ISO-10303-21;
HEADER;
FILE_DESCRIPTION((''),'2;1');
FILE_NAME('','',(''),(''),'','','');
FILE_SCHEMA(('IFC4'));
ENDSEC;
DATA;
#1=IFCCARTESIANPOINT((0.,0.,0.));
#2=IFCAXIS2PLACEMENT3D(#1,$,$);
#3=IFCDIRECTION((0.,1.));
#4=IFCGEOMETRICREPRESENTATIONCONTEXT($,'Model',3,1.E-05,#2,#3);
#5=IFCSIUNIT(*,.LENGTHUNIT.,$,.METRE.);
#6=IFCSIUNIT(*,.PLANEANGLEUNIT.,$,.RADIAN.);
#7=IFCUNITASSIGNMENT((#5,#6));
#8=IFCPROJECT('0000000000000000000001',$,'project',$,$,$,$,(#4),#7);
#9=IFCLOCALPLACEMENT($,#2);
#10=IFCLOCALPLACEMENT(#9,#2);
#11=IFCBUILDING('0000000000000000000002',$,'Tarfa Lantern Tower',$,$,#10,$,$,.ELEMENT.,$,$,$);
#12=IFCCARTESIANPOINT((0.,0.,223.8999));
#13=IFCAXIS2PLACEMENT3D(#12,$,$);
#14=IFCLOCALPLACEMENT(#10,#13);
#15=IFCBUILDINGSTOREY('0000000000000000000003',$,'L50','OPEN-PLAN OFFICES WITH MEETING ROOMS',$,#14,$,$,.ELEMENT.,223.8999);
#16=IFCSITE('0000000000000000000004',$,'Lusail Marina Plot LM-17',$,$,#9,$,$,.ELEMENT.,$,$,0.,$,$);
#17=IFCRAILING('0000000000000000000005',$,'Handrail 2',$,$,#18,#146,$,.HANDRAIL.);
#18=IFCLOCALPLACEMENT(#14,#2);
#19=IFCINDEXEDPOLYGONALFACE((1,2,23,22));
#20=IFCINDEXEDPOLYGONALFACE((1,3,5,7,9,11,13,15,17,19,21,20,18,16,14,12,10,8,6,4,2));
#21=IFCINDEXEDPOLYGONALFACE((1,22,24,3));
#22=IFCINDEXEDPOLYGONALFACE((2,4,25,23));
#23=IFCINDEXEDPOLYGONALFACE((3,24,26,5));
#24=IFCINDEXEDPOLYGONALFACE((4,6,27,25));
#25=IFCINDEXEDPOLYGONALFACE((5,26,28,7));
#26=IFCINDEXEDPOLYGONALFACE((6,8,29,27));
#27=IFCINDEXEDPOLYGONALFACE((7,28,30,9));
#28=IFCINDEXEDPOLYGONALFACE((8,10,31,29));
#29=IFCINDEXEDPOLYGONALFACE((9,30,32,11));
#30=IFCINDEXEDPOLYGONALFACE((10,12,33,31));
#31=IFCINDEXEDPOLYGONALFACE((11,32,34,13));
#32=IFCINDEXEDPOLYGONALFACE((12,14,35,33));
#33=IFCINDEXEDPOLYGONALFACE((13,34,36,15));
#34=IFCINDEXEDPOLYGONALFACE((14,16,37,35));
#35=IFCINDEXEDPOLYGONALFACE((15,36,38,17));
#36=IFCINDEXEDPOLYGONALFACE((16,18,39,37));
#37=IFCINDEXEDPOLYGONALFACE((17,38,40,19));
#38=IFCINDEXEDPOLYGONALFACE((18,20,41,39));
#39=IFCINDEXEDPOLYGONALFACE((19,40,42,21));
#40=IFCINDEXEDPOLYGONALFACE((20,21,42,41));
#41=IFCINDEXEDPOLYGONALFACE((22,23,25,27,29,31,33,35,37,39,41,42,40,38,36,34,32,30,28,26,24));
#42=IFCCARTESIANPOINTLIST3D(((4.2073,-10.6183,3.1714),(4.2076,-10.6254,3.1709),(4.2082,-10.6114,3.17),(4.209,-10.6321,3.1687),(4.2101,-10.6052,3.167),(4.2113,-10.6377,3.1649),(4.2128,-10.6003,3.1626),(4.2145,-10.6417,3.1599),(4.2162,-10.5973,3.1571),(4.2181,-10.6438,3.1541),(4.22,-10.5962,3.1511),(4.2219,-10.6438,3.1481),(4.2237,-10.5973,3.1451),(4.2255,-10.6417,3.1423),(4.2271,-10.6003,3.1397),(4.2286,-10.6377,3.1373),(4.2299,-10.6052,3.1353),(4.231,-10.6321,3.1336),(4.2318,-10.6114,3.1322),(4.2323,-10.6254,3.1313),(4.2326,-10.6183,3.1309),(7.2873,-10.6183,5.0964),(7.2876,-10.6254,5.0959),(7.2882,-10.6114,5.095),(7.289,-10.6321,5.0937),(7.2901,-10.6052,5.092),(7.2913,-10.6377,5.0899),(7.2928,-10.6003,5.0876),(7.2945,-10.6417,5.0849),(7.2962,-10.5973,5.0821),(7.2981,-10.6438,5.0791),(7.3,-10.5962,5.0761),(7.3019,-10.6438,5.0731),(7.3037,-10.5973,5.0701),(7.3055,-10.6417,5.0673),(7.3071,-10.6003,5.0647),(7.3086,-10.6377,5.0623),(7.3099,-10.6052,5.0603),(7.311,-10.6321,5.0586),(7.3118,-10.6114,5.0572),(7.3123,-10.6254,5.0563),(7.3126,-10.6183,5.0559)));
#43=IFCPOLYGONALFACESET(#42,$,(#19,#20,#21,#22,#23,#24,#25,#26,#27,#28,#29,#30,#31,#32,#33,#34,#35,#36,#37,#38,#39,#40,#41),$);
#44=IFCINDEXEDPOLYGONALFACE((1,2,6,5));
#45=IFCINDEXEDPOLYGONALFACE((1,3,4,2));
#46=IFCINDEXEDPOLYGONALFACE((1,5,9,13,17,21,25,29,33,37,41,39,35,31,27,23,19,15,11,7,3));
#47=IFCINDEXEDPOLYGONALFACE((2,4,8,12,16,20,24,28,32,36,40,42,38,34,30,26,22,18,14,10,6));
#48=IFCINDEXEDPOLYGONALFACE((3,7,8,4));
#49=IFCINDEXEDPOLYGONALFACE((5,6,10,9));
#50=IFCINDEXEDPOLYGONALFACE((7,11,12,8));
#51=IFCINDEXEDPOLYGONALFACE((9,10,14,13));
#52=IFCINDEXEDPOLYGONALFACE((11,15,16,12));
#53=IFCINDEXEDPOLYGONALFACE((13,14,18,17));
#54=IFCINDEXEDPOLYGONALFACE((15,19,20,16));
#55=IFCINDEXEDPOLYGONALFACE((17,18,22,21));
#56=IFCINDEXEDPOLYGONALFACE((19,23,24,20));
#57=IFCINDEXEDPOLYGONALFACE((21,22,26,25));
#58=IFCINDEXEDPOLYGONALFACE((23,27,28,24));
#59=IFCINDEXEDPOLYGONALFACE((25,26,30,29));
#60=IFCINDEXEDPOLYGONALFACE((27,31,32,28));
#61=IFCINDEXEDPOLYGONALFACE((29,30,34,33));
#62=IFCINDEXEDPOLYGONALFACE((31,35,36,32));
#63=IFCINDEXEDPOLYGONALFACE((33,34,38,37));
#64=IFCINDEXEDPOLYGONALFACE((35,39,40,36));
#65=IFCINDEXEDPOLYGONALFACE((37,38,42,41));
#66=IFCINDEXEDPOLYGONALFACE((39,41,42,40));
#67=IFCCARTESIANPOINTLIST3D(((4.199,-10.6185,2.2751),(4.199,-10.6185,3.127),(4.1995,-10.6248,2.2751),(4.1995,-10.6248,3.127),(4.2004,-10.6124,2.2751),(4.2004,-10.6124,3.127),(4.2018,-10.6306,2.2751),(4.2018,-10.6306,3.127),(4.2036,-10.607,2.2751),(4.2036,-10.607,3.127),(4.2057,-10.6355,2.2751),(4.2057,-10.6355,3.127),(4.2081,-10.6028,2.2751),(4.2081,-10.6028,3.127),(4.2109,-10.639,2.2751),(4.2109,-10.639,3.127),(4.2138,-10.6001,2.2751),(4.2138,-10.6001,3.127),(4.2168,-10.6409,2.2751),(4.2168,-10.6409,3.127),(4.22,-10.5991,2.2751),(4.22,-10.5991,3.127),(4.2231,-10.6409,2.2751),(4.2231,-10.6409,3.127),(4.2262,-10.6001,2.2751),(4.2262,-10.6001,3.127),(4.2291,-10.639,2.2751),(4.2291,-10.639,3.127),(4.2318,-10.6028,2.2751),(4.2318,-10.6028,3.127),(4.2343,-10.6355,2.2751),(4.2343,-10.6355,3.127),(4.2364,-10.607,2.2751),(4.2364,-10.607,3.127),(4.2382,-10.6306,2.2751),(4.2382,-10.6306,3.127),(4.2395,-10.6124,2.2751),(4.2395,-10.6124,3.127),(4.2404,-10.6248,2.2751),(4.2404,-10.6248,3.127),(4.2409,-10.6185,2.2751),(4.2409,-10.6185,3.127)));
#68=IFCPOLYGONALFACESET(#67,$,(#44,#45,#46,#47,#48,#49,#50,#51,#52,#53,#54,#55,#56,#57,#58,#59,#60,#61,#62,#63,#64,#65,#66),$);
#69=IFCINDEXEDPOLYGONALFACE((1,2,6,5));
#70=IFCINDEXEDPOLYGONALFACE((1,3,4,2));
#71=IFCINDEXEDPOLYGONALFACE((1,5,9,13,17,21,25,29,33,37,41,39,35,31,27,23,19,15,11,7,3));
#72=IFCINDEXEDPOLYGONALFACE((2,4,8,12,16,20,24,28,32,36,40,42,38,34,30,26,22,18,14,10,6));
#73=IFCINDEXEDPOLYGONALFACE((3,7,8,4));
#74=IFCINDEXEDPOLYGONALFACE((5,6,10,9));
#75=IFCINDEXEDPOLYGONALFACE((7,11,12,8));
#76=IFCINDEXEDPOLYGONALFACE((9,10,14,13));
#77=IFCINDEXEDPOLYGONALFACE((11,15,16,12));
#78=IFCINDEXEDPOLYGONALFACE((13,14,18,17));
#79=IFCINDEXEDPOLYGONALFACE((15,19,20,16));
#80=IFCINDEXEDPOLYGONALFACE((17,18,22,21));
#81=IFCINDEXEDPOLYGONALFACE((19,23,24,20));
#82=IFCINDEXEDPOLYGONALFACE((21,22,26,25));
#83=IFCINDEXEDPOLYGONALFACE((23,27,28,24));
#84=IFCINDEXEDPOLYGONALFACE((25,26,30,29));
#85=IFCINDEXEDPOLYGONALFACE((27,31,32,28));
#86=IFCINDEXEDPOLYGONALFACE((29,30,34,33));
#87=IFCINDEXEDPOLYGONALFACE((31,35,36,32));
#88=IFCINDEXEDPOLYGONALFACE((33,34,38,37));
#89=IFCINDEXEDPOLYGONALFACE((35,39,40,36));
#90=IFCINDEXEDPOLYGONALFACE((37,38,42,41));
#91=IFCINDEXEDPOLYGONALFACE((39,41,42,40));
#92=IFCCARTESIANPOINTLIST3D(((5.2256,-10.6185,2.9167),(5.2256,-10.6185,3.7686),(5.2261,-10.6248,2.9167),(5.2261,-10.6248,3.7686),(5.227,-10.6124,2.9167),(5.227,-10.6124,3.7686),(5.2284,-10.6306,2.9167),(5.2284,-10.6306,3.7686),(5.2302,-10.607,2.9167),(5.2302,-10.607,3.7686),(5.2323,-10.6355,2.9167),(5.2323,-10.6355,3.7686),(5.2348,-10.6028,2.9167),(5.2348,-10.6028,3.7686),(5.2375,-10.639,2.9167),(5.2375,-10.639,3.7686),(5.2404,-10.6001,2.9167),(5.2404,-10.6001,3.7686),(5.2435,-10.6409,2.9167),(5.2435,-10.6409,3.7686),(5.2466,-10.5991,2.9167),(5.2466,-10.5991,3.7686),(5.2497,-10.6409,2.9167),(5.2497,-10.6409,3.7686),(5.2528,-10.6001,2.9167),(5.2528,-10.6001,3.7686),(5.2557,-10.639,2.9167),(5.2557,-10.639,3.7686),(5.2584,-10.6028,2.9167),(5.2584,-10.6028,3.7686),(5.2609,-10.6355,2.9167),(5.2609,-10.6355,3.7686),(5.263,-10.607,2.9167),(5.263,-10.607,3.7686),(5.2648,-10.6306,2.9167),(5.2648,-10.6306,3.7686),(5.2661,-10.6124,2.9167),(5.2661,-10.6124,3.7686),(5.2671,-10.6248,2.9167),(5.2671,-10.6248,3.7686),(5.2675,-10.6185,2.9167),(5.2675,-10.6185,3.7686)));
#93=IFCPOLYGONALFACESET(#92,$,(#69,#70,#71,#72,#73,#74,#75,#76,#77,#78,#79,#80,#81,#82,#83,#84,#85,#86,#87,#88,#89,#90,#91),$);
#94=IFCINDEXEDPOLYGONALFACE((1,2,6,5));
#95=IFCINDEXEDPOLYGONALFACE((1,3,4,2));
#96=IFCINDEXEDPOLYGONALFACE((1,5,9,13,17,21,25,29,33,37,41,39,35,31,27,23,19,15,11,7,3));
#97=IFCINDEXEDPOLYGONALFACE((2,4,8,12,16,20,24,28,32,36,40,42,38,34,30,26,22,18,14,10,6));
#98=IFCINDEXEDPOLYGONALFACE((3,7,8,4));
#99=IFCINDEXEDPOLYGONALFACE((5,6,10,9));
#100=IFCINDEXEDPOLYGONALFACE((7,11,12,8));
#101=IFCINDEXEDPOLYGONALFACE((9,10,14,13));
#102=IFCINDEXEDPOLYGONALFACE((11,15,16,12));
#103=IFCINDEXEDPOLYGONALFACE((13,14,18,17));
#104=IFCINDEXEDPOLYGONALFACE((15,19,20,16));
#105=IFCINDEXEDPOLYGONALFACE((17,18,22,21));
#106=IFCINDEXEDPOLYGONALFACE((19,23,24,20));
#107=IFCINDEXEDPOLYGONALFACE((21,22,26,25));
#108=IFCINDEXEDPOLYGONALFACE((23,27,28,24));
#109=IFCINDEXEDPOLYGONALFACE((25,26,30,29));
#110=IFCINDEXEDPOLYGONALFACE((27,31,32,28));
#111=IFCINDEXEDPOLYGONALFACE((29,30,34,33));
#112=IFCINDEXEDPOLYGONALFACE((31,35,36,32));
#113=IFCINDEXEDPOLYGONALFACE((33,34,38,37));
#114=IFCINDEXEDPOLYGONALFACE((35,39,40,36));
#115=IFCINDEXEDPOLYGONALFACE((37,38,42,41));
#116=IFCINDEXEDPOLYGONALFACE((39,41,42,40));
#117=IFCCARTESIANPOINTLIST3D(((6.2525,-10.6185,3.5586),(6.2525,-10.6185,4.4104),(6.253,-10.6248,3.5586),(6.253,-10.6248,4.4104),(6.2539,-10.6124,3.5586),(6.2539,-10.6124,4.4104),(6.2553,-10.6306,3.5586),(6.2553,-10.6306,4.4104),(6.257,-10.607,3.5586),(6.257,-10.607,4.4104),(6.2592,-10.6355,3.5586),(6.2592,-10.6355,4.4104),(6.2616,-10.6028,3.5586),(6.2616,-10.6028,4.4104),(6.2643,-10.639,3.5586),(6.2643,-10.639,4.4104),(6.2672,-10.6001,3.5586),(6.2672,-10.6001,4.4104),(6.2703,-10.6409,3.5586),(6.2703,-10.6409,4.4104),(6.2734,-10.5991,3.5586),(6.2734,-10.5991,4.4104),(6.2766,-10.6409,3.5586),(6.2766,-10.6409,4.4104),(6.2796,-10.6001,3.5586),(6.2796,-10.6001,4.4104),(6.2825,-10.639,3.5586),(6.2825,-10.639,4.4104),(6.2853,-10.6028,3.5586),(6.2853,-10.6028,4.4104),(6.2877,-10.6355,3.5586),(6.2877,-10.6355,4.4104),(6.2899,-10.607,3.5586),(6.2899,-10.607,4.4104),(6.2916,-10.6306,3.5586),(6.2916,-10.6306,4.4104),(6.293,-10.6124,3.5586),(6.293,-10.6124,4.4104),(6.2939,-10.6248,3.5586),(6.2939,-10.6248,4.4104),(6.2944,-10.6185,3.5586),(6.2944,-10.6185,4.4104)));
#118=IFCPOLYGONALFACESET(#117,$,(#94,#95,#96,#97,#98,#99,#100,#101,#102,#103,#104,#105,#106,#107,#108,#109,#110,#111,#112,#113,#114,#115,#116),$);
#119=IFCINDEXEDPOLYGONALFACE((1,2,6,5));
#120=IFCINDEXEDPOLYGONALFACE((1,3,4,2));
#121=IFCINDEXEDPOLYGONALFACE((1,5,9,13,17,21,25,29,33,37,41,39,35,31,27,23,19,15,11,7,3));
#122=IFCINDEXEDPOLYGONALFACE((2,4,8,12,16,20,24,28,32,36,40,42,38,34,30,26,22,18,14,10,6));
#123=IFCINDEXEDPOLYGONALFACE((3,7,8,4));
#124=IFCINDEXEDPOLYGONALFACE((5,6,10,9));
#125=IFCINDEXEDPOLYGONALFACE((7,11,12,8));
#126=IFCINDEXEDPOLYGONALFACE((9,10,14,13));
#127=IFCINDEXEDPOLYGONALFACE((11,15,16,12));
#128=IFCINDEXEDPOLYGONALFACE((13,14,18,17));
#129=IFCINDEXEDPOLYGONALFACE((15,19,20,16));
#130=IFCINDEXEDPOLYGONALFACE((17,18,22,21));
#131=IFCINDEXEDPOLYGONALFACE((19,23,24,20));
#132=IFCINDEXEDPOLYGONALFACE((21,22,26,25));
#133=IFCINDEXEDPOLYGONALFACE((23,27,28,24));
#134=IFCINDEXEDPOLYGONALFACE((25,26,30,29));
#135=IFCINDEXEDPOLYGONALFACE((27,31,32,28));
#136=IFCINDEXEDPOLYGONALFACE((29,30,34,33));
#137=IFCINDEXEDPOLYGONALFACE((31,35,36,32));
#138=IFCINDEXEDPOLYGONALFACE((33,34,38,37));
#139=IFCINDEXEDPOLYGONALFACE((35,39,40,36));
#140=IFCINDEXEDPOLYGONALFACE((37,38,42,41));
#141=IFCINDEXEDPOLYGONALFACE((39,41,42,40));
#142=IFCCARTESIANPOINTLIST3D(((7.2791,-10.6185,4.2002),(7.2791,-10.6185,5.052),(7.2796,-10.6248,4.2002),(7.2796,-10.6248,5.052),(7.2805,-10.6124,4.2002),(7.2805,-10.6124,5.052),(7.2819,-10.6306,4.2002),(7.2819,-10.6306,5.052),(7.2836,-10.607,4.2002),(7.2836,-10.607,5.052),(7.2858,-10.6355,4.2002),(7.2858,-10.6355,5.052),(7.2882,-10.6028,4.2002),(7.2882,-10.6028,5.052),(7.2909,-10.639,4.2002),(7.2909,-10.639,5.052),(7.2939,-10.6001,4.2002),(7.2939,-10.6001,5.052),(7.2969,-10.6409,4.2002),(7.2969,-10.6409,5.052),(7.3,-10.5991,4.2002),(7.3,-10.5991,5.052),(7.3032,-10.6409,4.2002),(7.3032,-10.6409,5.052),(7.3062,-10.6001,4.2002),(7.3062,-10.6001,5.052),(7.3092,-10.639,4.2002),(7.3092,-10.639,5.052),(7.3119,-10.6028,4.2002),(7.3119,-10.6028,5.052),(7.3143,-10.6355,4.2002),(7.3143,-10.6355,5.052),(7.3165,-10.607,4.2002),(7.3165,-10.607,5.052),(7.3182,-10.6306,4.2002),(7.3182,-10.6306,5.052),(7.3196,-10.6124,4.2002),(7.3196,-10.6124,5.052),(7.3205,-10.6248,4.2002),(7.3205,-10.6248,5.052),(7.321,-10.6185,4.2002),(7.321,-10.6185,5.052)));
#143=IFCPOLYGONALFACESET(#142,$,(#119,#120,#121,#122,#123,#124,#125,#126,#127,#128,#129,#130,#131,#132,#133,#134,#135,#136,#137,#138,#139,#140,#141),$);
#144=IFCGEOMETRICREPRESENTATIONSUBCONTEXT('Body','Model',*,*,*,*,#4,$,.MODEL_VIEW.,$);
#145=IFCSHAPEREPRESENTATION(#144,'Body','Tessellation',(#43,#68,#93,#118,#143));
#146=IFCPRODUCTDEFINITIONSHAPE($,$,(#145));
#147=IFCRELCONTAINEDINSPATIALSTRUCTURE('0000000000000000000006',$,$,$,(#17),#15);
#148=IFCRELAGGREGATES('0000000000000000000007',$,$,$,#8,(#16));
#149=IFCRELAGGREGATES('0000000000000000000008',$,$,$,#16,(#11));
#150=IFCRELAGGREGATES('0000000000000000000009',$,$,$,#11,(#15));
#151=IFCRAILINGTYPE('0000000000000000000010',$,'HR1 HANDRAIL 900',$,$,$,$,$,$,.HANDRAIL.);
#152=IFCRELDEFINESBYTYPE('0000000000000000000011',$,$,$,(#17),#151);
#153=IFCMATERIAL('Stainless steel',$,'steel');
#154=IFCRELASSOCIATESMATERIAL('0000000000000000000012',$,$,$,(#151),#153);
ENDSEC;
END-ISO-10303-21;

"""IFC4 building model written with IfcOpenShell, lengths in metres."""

from ifc_helpers import new_model, si_unit, direction, frame, origin, origin_2d, place, context, subcontext, project, spatial, circle, extrude, material, type_object, element, save


model = new_model("IFC4")

# Units and contexts
model_context = context("Model", 3, precision=1e-05, world=origin(), true_north=direction((0.0, 1.0)))
body_context = subcontext(model_context, "Body", "Model", "MODEL_VIEW")
ifc_project = project(units=[si_unit("LENGTHUNIT", "METRE"), si_unit("PLANEANGLEUNIT", "RADIAN")], contexts=[model_context])

# Site, building, storey
site_placement = place(None, origin())
site = spatial("IfcSite", under=ifc_project, at=site_placement, Name="Lusail Marina Plot LM-17", CompositionType="ELEMENT", RefElevation=0.0)
building_placement = place(site_placement, origin())
building = spatial("IfcBuilding", under=site, at=building_placement, Name="Tarfa Lantern Tower", CompositionType="ELEMENT")
storey_placement = place(building_placement, frame((0.0, 0.0, 223.8999)))
storey = spatial("IfcBuildingStorey", under=building, at=storey_placement, Name="L50", Description="OPEN-PLAN OFFICES WITH MEETING ROOMS", CompositionType="ELEMENT", Elevation=223.8999)

# Railing
ifc_material_1 = material(Name="Stainless steel", Category="steel")
railing_type = type_object("IfcRailingType", Name="HR1 HANDRAIL 900", PredefinedType="HANDRAIL", material=ifc_material_1)
railing_1_placement = place(storey_placement, frame((4.22, -10.6201, 2.2751)))
element("IfcRailing", 1, at=railing_1_placement, inside=storey, type_object=railing_type, Name="Handrail 2", PredefinedType="HANDRAIL", context=body_context, shape_type="SweptSolid", body=[
    extrude(circle(Radius=0.0239, at=origin_2d()), frame((0.0, 0.0, 0.876), z_axis=(0.847998, 0.0, 0.529999), x_axis=(0.0, 1.0, 0.0)), (0.0, 0.0, 1.0), 3.6321),
    extrude(circle(Radius=0.021, at=origin_2d()), frame((0.0, 0.0, 0.0), z_axis=(0.0, 0.0, 1.0), x_axis=(0.0, 1.0, 0.0)), (0.0, 0.0, 1.0), 0.8518),
    extrude(circle(Radius=0.021, at=origin_2d()), frame((1.0266, 0.0, 0.6416), z_axis=(0.0, 0.0, 1.0), x_axis=(0.0, 1.0, 0.0)), (0.0, 0.0, 1.0), 0.8518),
    extrude(circle(Radius=0.021, at=origin_2d()), frame((2.0535, 0.0, 1.2834), z_axis=(0.0, 0.0, 1.0), x_axis=(0.0, 1.0, 0.0)), (0.0, 0.0, 1.0), 0.8518),
    extrude(circle(Radius=0.021, at=origin_2d()), frame((3.0801, 0.0, 1.925), z_axis=(0.0, 0.0, 1.0), x_axis=(0.0, 1.0, 0.0)), (0.0, 0.0, 1.0), 0.8518),
])

save(model, "model.ifc")
